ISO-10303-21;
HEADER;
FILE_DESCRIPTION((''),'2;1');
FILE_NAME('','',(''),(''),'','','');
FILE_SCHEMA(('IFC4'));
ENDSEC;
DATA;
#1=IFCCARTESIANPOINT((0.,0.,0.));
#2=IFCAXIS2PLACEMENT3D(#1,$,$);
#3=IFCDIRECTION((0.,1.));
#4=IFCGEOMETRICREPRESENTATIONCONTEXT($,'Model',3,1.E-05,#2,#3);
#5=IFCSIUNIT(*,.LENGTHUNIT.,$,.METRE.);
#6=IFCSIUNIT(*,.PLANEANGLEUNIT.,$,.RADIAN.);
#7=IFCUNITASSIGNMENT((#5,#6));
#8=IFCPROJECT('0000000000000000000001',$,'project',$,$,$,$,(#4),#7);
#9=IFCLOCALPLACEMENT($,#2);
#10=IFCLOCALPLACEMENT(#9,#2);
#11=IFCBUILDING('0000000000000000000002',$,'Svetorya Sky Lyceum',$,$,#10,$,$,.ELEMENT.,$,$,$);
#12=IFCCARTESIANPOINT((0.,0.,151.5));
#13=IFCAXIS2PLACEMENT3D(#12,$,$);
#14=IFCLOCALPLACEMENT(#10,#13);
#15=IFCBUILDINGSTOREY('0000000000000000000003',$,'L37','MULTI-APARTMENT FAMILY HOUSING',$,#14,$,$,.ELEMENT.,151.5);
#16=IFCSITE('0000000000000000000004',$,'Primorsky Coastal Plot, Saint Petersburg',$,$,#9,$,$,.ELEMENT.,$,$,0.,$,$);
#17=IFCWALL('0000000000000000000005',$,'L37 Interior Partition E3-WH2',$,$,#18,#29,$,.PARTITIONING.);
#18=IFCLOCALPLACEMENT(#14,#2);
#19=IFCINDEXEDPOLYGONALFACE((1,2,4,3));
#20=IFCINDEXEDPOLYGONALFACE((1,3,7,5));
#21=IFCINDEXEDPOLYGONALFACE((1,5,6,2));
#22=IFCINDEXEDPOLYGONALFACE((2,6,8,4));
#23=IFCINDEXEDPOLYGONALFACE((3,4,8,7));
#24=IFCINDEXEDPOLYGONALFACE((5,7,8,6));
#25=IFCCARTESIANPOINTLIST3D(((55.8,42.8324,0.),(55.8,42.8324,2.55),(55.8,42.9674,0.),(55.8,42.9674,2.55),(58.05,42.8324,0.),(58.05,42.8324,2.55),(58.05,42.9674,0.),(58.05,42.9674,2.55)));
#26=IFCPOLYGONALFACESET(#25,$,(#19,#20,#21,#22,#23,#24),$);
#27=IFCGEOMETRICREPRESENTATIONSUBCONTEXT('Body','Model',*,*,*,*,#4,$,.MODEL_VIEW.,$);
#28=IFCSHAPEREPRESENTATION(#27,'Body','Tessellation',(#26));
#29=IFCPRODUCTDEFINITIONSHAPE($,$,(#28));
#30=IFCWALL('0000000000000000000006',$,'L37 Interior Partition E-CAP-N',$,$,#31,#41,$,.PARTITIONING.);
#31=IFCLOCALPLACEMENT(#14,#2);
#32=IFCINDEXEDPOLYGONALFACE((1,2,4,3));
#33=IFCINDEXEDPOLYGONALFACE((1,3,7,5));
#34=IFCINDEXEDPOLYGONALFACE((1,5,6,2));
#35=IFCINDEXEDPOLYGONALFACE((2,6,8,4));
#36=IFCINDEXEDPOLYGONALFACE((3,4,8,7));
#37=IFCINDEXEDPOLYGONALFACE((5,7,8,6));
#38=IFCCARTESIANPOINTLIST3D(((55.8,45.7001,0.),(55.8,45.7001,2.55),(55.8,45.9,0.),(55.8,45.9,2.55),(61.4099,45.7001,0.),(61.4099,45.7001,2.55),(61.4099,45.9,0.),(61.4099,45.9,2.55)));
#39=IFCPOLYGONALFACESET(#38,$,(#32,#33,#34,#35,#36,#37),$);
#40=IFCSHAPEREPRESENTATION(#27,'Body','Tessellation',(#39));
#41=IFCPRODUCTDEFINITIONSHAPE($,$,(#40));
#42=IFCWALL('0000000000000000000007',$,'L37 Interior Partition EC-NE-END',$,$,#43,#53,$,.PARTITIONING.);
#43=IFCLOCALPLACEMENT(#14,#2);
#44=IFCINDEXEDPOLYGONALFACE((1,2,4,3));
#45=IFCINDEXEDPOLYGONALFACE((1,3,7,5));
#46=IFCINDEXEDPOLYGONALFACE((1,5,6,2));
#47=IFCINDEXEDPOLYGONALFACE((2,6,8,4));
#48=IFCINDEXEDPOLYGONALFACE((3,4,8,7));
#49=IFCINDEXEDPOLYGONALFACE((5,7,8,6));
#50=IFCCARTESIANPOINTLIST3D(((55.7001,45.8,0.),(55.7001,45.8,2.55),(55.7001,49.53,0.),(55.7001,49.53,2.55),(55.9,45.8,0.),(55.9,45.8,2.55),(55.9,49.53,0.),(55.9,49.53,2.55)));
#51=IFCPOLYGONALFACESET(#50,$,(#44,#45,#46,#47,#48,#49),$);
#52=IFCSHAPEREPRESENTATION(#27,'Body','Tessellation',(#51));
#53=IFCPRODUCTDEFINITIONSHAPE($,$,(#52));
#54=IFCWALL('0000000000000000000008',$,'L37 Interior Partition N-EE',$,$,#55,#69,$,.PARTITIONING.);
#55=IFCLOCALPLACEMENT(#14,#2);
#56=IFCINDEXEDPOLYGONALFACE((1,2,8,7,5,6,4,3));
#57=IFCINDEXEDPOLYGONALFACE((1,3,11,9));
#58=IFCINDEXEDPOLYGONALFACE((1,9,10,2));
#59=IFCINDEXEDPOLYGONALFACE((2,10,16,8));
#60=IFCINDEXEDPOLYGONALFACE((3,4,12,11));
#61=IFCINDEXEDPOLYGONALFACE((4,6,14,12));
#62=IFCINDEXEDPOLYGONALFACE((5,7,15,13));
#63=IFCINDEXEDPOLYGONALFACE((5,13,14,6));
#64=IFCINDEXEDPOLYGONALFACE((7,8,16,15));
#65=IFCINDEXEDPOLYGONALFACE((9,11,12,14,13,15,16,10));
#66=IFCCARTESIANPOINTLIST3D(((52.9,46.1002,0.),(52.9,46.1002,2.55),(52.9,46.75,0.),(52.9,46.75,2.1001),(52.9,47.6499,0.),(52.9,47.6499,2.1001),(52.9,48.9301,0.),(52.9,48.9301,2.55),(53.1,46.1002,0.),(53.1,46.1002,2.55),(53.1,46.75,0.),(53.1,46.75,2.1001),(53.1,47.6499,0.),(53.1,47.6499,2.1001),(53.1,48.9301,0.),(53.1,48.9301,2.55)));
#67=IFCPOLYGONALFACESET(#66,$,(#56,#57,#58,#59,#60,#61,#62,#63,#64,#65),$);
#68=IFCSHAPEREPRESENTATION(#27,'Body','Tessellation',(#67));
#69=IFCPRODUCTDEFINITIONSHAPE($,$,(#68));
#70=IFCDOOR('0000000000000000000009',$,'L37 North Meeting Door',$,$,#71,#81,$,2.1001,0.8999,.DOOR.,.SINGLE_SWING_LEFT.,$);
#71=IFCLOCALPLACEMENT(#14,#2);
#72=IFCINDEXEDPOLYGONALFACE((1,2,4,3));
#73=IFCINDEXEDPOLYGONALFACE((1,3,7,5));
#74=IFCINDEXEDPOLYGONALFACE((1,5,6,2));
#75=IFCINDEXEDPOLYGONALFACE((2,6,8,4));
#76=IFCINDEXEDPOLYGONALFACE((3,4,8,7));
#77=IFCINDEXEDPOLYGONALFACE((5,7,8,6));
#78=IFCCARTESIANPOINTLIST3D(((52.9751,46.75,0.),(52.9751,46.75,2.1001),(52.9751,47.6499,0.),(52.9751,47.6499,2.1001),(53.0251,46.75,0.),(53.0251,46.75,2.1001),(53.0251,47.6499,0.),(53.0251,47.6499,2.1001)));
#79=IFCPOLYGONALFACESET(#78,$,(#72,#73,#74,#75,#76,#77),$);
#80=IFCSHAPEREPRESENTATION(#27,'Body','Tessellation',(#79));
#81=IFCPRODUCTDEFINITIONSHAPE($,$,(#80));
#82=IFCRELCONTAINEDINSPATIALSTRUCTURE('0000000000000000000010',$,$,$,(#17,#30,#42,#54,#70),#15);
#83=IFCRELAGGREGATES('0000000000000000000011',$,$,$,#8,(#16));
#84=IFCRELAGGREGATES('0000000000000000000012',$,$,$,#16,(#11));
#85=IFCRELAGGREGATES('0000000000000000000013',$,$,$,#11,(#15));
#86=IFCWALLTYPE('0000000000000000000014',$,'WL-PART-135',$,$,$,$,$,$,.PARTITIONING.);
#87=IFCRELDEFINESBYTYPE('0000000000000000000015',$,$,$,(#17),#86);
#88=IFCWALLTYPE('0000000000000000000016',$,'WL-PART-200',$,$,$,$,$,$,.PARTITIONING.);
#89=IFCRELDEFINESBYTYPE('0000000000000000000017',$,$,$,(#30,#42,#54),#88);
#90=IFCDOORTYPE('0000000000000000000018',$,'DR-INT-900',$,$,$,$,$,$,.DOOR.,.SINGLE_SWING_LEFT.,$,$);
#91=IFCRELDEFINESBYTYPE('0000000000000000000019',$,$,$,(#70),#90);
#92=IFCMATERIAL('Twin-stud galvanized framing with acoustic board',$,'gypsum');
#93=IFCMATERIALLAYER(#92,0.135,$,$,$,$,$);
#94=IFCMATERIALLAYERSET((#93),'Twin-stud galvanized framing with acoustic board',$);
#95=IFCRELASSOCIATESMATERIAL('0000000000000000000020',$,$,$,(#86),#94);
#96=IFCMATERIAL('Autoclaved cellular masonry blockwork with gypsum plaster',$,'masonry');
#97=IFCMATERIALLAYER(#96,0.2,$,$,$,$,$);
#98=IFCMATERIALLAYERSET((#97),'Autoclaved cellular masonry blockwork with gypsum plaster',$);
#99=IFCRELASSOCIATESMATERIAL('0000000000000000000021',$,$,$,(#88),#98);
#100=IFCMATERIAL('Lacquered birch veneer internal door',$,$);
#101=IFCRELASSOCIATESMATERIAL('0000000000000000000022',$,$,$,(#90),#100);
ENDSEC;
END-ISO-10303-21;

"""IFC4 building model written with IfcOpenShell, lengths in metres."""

from ifc_helpers import new_model, si_unit, direction, frame, frame_2d, origin, place, context, subcontext, project, spatial, rectangle, extrude, material, layer, layer_set, type_object, element, fill, save


model = new_model("IFC4")

# Units and contexts
model_context = context("Model", 3, precision=1e-05, world=origin(), true_north=direction((0.0, 1.0)))
body_context = subcontext(model_context, "Body", "Model", "MODEL_VIEW")
ifc_project = project(units=[si_unit("LENGTHUNIT", "METRE"), si_unit("PLANEANGLEUNIT", "RADIAN")], contexts=[model_context])

# Site, building, storey
site_placement = place(None, origin())
site = spatial("IfcSite", under=ifc_project, at=site_placement, Name="Primorsky Coastal Plot, Saint Petersburg", CompositionType="ELEMENT", RefElevation=0.0)
building_placement = place(site_placement, origin())
building = spatial("IfcBuilding", under=site, at=building_placement, Name="Svetorya Sky Lyceum", CompositionType="ELEMENT")
storey_placement = place(building_placement, frame((0.0, 0.0, 151.5)))
storey = spatial("IfcBuildingStorey", under=building, at=storey_placement, Name="L37", Description="MULTI-APARTMENT FAMILY HOUSING", CompositionType="ELEMENT", Elevation=151.5)

# Walls
ifc_material_1 = material(Name="Twin-stud galvanized framing with acoustic board", Category="gypsum")
ifc_layer_1 = layer(ifc_material_1, 0.135)
ifc_layer_set_1 = layer_set([ifc_layer_1], Name="Twin-stud galvanized framing with acoustic board")
wall_type_1 = type_object("IfcWallType", Name="WL-PART-135", PredefinedType="PARTITIONING", material=ifc_layer_set_1)
wall_1_placement = place(storey_placement, frame((55.8, 42.8999, 0.0), z_axis=(0.0, 0.0, 1.0), x_axis=(1.0, 0.0, 0.0)))
element("IfcWall", 1, at=wall_1_placement, inside=storey, type_object=wall_type_1, Name="L37 Interior Partition E3-WH2", PredefinedType="PARTITIONING", context=body_context, shape_type="SweptSolid", body=[
    extrude(rectangle(XDim=2.25, YDim=0.135, at=frame_2d((1.125, 0.0))), origin(), (0.0, 0.0, 1.0), 2.55),
])
ifc_material_2 = material(Name="Autoclaved cellular masonry blockwork with gypsum plaster", Category="masonry")
ifc_layer_2 = layer(ifc_material_2, 0.2)
ifc_layer_set_2 = layer_set([ifc_layer_2], Name="Autoclaved cellular masonry blockwork with gypsum plaster")
wall_type_2 = type_object("IfcWallType", Name="WL-PART-200", PredefinedType="PARTITIONING", material=ifc_layer_set_2)
wall_2_placement = place(storey_placement, frame((55.8, 45.8, 0.0), z_axis=(0.0, 0.0, 1.0), x_axis=(1.0, 0.0, 0.0)))
element("IfcWall", 2, at=wall_2_placement, inside=storey, type_object=wall_type_2, Name="L37 Interior Partition E-CAP-N", PredefinedType="PARTITIONING", context=body_context, shape_type="SweptSolid", body=[
    extrude(rectangle(XDim=5.6099, YDim=0.2, at=frame_2d((2.8049, 0.0))), origin(), (0.0, 0.0, 1.0), 2.55),
])
wall_3_placement = place(storey_placement, frame((55.8, 45.8, 0.0), z_axis=(0.0, 0.0, 1.0), x_axis=(0.0, 1.0, 0.0)))
element("IfcWall", 3, at=wall_3_placement, inside=storey, type_object=wall_type_2, Name="L37 Interior Partition EC-NE-END", PredefinedType="PARTITIONING", context=body_context, shape_type="SweptSolid", body=[
    extrude(rectangle(XDim=3.73, YDim=0.2, at=frame_2d((1.865, 0.0))), origin(), (0.0, 0.0, 1.0), 2.55),
])

# Wall, opening, door
wall_4_placement = place(storey_placement, frame((53.0, 46.1001, 0.0), z_axis=(0.0, 0.0, 1.0), x_axis=(0.0, 1.0, 0.0)))
wall_4 = element("IfcWall", 4, at=wall_4_placement, inside=storey, type_object=wall_type_2, Name="L37 Interior Partition N-EE", PredefinedType="PARTITIONING", context=body_context, shape_type="SweptSolid", body=[
    extrude(rectangle(XDim=2.8298, YDim=0.2, at=frame_2d((1.415, 0.0))), origin(), (0.0, 0.0, 1.0), 2.55),
])
opening_1_placement = place(wall_4_placement, frame((0.6499, 0.0, 0.0)))
opening_1 = element("IfcOpeningElement", 5, at=opening_1_placement, cuts=wall_4, PredefinedType="OPENING", context=body_context, shape_type="SweptSolid", body=[
    extrude(rectangle(XDim=0.8999, YDim=2.1001, at=frame_2d((0.45, 1.05))), frame((0.0, 0.1099, 0.0), z_axis=(0.0, -1.0, 0.0), x_axis=(1.0, 0.0, 0.0)), (0.0, 0.0, 1.0), 0.22),
])
ifc_material_3 = material(Name="Lacquered birch veneer internal door")
door_type = type_object("IfcDoorType", Name="DR-INT-900", OperationType="SINGLE_SWING_LEFT", PredefinedType="DOOR", material=ifc_material_3)
door_placement = place(opening_1_placement, origin())
door = element("IfcDoor", 6, at=door_placement, inside=storey, type_object=door_type, Name="L37 North Meeting Door", OperationType="SINGLE_SWING_LEFT", OverallHeight=2.1001, OverallWidth=0.8999, PredefinedType="DOOR", context=body_context, shape_type="SweptSolid", body=[
    extrude(rectangle(XDim=0.8999, YDim=2.1001, at=frame_2d((0.45, 1.05))), frame((0.0, 0.0249, 0.0), z_axis=(0.0, -1.0, 0.0), x_axis=(1.0, 0.0, 0.0)), (0.0, 0.0, 1.0), 0.05),
])
fill(opening_1, door)

save(model, "model.ifc")
